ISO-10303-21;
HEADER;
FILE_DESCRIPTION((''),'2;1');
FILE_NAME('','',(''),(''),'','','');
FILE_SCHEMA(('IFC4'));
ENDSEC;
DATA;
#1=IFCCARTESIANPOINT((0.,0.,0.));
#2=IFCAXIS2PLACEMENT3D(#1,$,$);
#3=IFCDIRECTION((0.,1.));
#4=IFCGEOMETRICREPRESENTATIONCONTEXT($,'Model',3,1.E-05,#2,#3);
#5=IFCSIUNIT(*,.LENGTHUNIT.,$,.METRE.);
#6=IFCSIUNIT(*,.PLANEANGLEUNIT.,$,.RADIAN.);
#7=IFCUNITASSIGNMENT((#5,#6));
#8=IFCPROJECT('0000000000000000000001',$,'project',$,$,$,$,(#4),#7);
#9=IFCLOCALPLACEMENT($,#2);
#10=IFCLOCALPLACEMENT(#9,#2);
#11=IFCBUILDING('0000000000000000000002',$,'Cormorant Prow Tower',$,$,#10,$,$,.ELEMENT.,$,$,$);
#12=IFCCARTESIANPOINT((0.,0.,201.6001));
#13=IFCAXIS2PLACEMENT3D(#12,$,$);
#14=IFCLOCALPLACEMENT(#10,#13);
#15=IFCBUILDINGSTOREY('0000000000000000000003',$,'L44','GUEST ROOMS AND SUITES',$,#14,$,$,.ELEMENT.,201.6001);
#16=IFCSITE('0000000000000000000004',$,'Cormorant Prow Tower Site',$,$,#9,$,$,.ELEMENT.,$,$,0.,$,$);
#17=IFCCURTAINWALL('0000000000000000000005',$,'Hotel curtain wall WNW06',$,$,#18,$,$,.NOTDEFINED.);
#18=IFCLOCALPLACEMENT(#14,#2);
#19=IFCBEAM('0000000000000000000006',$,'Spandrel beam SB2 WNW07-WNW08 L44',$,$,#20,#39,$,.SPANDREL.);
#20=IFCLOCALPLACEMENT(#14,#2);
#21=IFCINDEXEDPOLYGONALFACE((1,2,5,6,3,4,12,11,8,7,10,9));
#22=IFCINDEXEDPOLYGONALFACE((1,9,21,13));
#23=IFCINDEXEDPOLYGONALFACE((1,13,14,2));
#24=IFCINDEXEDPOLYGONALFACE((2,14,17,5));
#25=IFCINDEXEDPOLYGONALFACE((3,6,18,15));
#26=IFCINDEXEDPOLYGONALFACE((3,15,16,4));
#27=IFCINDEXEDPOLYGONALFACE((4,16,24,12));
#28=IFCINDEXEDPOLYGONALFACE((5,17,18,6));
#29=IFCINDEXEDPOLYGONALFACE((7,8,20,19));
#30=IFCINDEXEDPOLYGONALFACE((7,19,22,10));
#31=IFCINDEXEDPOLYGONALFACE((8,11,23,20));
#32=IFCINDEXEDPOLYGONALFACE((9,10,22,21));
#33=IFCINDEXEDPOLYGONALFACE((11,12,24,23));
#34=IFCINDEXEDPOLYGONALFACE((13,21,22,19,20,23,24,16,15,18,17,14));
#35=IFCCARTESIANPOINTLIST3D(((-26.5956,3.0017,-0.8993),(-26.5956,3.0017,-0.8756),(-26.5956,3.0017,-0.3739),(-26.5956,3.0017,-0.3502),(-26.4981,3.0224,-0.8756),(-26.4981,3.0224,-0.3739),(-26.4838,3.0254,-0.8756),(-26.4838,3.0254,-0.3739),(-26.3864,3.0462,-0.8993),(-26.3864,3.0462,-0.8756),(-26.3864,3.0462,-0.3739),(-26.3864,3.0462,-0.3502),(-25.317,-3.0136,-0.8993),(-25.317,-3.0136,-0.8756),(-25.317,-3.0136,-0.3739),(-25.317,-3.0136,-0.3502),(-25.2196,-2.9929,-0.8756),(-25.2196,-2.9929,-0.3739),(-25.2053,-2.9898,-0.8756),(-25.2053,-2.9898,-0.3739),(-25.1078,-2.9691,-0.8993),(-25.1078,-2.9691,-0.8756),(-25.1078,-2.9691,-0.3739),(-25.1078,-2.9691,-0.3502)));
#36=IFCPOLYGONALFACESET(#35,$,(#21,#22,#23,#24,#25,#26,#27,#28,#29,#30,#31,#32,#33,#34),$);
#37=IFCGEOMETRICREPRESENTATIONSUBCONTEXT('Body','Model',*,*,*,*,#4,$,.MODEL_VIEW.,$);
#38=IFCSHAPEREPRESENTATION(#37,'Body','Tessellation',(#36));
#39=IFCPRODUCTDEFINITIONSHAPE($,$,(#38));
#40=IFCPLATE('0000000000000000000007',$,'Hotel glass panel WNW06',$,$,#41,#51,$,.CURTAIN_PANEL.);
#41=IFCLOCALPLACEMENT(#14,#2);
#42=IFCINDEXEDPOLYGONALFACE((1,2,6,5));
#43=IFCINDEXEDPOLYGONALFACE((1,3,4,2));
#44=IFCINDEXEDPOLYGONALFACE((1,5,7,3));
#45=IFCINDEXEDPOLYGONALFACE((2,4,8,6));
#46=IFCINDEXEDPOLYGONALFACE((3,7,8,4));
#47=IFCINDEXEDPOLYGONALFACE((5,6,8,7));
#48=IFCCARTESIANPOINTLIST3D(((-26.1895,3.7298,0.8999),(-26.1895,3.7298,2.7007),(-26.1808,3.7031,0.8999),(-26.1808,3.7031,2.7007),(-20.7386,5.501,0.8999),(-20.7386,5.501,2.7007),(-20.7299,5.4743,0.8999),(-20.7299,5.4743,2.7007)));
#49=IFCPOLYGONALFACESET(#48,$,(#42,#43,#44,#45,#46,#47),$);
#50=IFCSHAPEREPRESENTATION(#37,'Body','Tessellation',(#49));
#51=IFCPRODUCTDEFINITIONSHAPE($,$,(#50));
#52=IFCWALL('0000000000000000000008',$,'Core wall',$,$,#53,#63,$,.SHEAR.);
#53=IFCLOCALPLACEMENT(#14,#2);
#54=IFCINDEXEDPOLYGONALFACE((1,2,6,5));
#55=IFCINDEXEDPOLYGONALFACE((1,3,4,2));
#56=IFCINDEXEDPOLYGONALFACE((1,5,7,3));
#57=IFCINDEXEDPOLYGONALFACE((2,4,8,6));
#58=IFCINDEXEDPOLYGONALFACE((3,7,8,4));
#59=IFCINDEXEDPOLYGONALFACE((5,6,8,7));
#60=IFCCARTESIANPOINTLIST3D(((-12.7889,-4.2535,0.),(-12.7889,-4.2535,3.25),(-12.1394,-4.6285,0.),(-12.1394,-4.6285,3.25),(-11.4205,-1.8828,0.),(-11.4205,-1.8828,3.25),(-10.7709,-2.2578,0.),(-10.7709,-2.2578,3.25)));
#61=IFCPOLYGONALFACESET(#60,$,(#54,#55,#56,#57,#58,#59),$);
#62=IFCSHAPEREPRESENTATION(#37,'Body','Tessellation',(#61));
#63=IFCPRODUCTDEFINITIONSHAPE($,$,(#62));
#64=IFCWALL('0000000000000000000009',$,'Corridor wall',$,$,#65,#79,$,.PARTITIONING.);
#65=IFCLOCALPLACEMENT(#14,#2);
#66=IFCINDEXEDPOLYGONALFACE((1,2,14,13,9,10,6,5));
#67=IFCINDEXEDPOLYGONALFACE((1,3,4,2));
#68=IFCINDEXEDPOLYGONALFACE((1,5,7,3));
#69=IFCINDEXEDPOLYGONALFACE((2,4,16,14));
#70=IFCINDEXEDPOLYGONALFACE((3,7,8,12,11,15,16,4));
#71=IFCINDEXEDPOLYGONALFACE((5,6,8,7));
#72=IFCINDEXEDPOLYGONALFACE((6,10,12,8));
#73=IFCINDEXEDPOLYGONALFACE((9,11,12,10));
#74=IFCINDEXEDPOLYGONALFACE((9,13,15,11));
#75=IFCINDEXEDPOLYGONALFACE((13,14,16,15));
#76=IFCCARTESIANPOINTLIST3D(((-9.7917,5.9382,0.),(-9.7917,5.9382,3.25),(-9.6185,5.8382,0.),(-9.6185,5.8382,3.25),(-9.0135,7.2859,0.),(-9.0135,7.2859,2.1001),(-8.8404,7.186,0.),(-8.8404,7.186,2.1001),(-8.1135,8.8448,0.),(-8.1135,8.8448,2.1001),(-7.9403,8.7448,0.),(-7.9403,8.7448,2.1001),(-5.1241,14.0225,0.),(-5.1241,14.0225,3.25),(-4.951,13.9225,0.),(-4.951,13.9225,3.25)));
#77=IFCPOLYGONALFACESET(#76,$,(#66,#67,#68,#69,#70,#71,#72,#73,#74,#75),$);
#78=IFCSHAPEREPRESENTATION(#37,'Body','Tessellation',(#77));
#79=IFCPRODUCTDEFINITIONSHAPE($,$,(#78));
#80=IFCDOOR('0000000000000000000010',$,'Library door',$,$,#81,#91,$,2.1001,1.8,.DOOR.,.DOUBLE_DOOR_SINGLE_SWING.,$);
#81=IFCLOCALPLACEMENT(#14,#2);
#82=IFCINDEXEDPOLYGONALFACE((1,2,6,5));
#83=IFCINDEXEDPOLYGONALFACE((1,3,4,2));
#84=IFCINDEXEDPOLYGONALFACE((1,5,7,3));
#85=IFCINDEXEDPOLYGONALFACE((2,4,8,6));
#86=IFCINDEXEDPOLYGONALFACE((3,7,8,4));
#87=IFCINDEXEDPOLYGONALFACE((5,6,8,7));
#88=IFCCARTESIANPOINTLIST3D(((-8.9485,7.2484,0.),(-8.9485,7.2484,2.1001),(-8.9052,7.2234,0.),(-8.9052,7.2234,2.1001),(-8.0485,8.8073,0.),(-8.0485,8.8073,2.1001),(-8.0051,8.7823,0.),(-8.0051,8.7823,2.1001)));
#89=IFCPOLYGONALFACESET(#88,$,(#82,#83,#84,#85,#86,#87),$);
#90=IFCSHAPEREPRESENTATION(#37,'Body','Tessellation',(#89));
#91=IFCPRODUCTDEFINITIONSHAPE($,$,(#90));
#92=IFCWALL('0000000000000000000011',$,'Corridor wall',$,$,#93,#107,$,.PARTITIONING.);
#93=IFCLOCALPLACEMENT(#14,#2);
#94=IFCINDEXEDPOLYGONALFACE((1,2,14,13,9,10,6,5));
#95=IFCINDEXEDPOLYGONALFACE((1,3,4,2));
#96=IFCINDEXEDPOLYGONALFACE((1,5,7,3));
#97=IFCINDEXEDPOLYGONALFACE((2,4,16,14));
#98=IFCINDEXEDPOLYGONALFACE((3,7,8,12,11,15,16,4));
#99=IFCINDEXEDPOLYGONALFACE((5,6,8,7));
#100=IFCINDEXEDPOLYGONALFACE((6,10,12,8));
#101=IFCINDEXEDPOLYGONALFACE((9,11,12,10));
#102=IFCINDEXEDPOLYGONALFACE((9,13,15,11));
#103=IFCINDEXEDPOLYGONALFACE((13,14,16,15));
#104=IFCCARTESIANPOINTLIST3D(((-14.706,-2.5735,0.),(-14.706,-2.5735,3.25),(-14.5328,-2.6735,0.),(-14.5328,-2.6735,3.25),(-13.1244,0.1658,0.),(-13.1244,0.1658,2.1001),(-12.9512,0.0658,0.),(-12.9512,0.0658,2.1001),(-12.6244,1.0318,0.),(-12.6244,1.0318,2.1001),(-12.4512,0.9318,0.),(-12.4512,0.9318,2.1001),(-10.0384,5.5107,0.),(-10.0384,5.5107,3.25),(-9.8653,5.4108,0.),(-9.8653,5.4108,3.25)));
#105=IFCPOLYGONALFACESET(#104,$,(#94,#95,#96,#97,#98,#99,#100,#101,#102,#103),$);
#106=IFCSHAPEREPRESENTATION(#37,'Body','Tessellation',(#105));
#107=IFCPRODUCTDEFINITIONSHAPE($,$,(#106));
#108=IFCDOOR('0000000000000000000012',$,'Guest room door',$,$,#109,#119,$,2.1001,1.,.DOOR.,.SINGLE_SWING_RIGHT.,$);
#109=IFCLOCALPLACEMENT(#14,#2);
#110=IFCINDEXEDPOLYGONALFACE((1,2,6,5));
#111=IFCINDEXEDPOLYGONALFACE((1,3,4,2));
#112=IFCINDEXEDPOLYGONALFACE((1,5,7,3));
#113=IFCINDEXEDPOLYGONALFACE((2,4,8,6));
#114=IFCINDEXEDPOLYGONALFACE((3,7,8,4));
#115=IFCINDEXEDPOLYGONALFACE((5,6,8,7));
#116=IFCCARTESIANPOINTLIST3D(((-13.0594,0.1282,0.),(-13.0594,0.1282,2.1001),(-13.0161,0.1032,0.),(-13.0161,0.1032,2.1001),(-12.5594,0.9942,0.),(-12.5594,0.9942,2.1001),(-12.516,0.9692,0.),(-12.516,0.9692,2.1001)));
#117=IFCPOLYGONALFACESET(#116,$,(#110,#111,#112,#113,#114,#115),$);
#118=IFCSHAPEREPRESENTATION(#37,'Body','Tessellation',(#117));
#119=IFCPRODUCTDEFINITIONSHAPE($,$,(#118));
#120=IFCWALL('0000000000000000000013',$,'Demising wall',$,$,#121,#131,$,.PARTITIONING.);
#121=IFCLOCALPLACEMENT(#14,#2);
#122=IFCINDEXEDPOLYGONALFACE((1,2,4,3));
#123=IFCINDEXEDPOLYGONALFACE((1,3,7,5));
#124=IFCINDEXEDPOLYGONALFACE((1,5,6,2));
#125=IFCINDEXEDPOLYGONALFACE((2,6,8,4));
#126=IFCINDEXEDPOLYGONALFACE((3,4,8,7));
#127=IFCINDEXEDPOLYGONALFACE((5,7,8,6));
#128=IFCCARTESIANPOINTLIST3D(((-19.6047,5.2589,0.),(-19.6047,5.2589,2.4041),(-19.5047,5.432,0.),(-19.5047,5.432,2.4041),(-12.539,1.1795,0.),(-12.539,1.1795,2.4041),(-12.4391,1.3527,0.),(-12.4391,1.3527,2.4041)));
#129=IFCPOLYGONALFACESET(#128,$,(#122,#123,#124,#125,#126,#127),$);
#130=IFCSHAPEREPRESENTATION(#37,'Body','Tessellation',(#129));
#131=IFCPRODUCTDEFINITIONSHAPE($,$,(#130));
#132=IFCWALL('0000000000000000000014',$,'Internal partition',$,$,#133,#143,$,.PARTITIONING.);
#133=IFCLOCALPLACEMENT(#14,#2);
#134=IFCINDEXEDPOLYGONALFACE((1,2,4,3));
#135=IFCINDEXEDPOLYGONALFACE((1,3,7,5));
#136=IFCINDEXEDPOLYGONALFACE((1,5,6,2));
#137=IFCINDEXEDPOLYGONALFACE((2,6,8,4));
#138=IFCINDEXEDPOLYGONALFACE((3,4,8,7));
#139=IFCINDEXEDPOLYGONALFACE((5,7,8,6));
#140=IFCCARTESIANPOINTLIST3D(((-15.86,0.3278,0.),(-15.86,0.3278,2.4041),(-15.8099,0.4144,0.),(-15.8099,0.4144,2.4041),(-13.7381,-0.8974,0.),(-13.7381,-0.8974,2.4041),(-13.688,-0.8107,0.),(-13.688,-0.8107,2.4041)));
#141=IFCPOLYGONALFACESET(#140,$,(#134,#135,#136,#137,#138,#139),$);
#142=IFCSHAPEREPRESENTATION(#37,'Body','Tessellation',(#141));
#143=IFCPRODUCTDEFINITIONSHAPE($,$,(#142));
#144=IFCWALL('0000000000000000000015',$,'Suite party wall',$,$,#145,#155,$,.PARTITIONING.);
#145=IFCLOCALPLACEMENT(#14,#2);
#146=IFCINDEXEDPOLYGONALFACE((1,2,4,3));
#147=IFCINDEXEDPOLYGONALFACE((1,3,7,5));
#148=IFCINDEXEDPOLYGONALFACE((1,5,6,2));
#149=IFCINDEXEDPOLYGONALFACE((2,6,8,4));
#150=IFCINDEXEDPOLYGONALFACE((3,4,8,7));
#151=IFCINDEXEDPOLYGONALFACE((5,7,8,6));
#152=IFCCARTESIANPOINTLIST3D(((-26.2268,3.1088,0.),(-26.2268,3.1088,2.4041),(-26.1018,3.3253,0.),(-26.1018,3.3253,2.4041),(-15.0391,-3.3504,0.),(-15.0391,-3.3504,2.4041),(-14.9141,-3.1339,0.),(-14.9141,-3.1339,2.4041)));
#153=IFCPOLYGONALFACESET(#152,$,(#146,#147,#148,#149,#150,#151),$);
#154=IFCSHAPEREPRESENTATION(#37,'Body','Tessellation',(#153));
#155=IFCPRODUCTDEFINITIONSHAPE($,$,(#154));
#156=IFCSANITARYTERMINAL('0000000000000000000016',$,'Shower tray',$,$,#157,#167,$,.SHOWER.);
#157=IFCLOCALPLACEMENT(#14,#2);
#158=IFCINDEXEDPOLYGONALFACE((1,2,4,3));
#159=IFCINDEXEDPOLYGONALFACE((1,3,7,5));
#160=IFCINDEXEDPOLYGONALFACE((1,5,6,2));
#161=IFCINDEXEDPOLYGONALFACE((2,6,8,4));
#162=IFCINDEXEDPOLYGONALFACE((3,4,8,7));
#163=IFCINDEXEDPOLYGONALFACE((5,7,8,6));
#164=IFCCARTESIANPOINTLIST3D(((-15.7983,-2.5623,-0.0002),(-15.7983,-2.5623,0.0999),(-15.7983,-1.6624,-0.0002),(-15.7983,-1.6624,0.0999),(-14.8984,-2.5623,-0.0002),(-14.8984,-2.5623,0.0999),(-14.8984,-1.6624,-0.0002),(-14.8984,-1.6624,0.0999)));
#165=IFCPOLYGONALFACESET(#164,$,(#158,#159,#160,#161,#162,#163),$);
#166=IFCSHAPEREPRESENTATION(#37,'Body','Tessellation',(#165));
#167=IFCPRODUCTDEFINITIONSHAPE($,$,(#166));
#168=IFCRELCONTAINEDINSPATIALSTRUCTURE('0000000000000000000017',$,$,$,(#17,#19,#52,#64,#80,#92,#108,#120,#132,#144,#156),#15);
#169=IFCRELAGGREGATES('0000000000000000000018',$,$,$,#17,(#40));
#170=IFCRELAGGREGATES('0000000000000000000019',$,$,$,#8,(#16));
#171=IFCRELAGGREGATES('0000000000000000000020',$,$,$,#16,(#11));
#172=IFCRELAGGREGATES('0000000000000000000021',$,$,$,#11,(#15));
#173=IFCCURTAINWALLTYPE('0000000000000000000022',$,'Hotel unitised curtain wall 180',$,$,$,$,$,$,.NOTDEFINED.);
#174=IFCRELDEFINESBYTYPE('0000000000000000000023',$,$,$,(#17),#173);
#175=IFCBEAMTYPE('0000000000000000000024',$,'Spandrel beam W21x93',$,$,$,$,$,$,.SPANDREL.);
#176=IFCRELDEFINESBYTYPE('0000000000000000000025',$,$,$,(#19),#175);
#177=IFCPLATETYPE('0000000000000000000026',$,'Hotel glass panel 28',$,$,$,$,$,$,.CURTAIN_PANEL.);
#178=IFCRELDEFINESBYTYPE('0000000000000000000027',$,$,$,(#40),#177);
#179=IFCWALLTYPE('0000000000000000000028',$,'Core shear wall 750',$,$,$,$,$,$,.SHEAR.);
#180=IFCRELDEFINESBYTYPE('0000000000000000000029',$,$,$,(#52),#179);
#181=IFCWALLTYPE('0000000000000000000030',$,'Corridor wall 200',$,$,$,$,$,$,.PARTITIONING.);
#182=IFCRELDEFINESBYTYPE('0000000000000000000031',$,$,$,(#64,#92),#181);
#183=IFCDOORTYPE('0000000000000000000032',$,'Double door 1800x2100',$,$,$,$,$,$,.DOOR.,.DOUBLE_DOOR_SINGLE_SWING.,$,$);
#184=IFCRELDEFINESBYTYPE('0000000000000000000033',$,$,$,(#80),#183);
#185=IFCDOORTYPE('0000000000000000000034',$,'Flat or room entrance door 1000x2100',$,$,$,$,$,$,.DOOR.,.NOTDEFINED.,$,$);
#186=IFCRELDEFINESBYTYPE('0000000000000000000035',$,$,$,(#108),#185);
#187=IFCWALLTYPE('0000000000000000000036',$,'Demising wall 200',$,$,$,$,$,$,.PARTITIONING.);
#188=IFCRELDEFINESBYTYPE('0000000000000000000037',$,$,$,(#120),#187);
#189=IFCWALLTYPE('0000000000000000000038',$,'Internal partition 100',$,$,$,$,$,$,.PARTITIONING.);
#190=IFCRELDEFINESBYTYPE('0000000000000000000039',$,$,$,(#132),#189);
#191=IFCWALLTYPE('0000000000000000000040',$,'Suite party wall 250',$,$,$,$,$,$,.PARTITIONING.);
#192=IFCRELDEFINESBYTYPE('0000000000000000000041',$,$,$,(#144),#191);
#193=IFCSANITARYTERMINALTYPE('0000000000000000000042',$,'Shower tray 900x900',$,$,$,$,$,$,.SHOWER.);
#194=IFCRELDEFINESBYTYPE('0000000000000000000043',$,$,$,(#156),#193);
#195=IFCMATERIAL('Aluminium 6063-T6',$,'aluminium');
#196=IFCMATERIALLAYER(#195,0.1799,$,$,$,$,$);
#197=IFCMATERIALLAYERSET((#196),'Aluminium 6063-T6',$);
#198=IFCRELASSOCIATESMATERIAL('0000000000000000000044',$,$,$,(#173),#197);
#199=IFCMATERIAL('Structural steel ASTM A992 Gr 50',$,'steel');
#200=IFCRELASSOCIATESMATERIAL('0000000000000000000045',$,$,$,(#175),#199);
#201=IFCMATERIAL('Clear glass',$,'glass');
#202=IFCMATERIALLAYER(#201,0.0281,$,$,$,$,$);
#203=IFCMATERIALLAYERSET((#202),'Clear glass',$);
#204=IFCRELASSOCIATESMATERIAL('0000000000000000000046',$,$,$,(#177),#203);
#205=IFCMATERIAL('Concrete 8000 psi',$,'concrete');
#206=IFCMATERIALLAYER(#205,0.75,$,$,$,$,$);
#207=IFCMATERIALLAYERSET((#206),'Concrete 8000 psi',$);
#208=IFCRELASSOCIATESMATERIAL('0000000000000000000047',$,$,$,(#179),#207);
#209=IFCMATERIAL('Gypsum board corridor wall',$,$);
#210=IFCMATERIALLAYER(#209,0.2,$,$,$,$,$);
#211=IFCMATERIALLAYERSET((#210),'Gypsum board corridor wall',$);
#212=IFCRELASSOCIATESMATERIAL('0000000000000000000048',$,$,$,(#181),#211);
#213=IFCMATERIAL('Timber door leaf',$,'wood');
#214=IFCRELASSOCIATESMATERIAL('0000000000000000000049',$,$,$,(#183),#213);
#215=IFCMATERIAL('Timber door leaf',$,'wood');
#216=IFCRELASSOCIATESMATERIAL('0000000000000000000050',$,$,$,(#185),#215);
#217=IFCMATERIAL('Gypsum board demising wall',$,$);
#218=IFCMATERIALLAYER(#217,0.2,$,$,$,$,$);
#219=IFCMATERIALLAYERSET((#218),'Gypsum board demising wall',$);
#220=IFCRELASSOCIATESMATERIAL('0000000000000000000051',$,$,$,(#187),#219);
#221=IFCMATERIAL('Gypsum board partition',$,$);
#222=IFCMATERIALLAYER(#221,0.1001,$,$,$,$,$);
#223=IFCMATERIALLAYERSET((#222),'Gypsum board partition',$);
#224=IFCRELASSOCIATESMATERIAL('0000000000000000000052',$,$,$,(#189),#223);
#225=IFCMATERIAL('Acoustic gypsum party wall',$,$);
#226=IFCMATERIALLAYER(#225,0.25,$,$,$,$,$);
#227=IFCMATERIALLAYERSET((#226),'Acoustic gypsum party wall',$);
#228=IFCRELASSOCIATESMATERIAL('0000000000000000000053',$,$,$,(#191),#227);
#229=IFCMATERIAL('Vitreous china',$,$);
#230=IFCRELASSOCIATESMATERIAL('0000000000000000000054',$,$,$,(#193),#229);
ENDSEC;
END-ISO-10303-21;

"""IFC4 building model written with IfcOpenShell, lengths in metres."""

from ifc_helpers import new_model, si_unit, direction, frame, frame_2d, origin, origin_2d, place, context, subcontext, project, spatial, rectangle, i_section, extrude, material, layer, layer_set, material_profile, profile_set, type_object, element, fill, aggregate, save


model = new_model("IFC4")

# Units and contexts
model_context = context("Model", 3, precision=1e-05, world=origin(), true_north=direction((0.0, 1.0)))
body_context = subcontext(model_context, "Body", "Model", "MODEL_VIEW")
ifc_project = project(units=[si_unit("LENGTHUNIT", "METRE"), si_unit("PLANEANGLEUNIT", "RADIAN")], contexts=[model_context])

# Site, building, storey
site_placement = place(None, origin())
site = spatial("IfcSite", under=ifc_project, at=site_placement, Name="Cormorant Prow Tower Site", CompositionType="ELEMENT", RefElevation=0.0)
building_placement = place(site_placement, origin())
building = spatial("IfcBuilding", under=site, at=building_placement, Name="Cormorant Prow Tower", CompositionType="ELEMENT")
storey_placement = place(building_placement, frame((0.0, 0.0, 201.6001)))
storey = spatial("IfcBuildingStorey", under=building, at=storey_placement, Name="L44", Description="GUEST ROOMS AND SUITES", CompositionType="ELEMENT", Elevation=201.6001)

# Curtain wall
ifc_material_1 = material(Name="Aluminium 6063-T6", Category="aluminium")
ifc_layer_1 = layer(ifc_material_1, 0.1799)
ifc_layer_set_1 = layer_set([ifc_layer_1], Name="Aluminium 6063-T6")
curtain_wall_type = type_object("IfcCurtainWallType", Name="Hotel unitised curtain wall 180", PredefinedType="NOTDEFINED", material=ifc_layer_set_1)
curtain_wall_placement = place(storey_placement, origin())
curtain_wall = element("IfcCurtainWall", 1, at=curtain_wall_placement, inside=storey, type_object=curtain_wall_type, Name="Hotel curtain wall WNW06", PredefinedType="NOTDEFINED")

# Beam
ifc_material_2 = material(Name="Structural steel ASTM A992 Gr 50", Category="steel")
ifc_material_profile_1 = material_profile(ifc_material_2, i_section(OverallWidth=0.2139, OverallDepth=0.5491, WebThickness=0.0146, FlangeThickness=0.0237, at=origin_2d()), Name="W21x93")
ifc_profile_set_1 = profile_set([ifc_material_profile_1], Name="Structural steel ASTM A992 Gr 50")
beam_type_1 = type_object("IfcBeamType", Name="Spandrel beam W21x93", PredefinedType="SPANDREL", material=ifc_profile_set_1)
beam_1_placement = place(storey_placement, frame((-26.491, 3.0239, -0.6248), z_axis=(0.207905, -0.978149, 0.0), x_axis=(0.978149, 0.207905, 0.0)))
element("IfcBeam", 2, at=beam_1_placement, inside=storey, type_object=beam_type_1, Name="Spandrel beam SB2 WNW07-WNW08 L44", PredefinedType="SPANDREL", context=body_context, shape_type="SweptSolid", body=[
    extrude(i_section(OverallWidth=0.2139, OverallDepth=0.5491, WebThickness=0.0146, FlangeThickness=0.0237, at=origin_2d()), origin(), (0.0, 0.0, 1.0), 6.1497),
])

# Plate
ifc_material_3 = material(Name="Clear glass", Category="glass")
ifc_layer_2 = layer(ifc_material_3, 0.0281)
ifc_layer_set_2 = layer_set([ifc_layer_2], Name="Clear glass")
plate_type = type_object("IfcPlateType", Name="Hotel glass panel 28", PredefinedType="CURTAIN_PANEL", material=ifc_layer_set_2)
plate_placement = place(storey_placement, frame((-23.4597, 4.6021, 0.8999), z_axis=(0.0, 0.0, 1.0), x_axis=(-0.951057, -0.309017, 0.0)))
plate = element("IfcPlate", 3, at=plate_placement, type_object=plate_type, Name="Hotel glass panel WNW06", PredefinedType="CURTAIN_PANEL", context=body_context, shape_type="SweptSolid", body=[
    extrude(rectangle(XDim=5.7314, YDim=0.0281, at=origin_2d()), origin(), (0.0, 0.0, 1.0), 1.8008),
])
aggregate(curtain_wall, [plate])

# Wall
ifc_material_4 = material(Name="Concrete 8000 psi", Category="concrete")
ifc_layer_3 = layer(ifc_material_4, 0.75)
ifc_layer_set_3 = layer_set([ifc_layer_3], Name="Concrete 8000 psi")
wall_type_1 = type_object("IfcWallType", Name="Core shear wall 750", PredefinedType="SHEAR", material=ifc_layer_set_3)
wall_1_placement = place(storey_placement, frame((-11.0957, -2.0703, 0.0), z_axis=(0.0, 0.0, 1.0), x_axis=(-0.499928, -0.866067, 0.0)))
element("IfcWall", 4, at=wall_1_placement, inside=storey, type_object=wall_type_1, Name="Core wall", PredefinedType="SHEAR", context=body_context, shape_type="SweptSolid", body=[
    extrude(rectangle(XDim=2.7373, YDim=0.75, at=frame_2d((1.3687, 0.0))), origin(), (0.0, 0.0, 1.0), 3.25),
])

# Walls, openings, doors
ifc_material_5 = material(Name="Gypsum board corridor wall")
ifc_layer_4 = layer(ifc_material_5, 0.2)
ifc_layer_set_4 = layer_set([ifc_layer_4], Name="Gypsum board corridor wall")
wall_type_2 = type_object("IfcWallType", Name="Corridor wall 200", PredefinedType="PARTITIONING", material=ifc_layer_set_4)
wall_2_placement = place(storey_placement, frame((-9.7051, 5.8882, 0.0), z_axis=(0.0, 0.0, 1.0), x_axis=(0.500004, 0.866023, 0.0)))
wall_2 = element("IfcWall", 5, at=wall_2_placement, inside=storey, type_object=wall_type_2, Name="Corridor wall", PredefinedType="PARTITIONING", context=body_context, shape_type="SweptSolid", body=[
    extrude(rectangle(XDim=9.335, YDim=0.2, at=frame_2d((4.6675, 0.0))), origin(), (0.0, 0.0, 1.0), 3.25),
])
opening_1_placement = place(wall_2_placement, frame((1.5564, 0.0, 0.0)))
opening_1 = element("IfcOpeningElement", 6, at=opening_1_placement, cuts=wall_2, PredefinedType="OPENING", context=body_context, shape_type="SweptSolid", body=[
    extrude(rectangle(XDim=1.8, YDim=2.1001, at=frame_2d((0.8999, 1.05))), frame((0.0, 0.1099, 0.0), z_axis=(0.0, -1.0, 0.0), x_axis=(1.0, 0.0, 0.0)), (0.0, 0.0, 1.0), 0.22),
])
ifc_material_6 = material(Name="Timber door leaf", Category="wood")
door_type_1 = type_object("IfcDoorType", Name="Double door 1800x2100", OperationType="DOUBLE_DOOR_SINGLE_SWING", PredefinedType="DOOR", material=ifc_material_6)
door_1_placement = place(opening_1_placement, origin())
door_1 = element("IfcDoor", 7, at=door_1_placement, inside=storey, type_object=door_type_1, Name="Library door", OperationType="DOUBLE_DOOR_SINGLE_SWING", OverallHeight=2.1001, OverallWidth=1.8, PredefinedType="DOOR", context=body_context, shape_type="SweptSolid", body=[
    extrude(rectangle(XDim=1.8, YDim=2.1001, at=frame_2d((0.8999, 1.05))), frame((0.0, 0.0249, 0.0), z_axis=(0.0, -1.0, 0.0), x_axis=(1.0, 0.0, 0.0)), (0.0, 0.0, 1.0), 0.05),
])
fill(opening_1, door_1)
wall_3_placement = place(storey_placement, frame((-14.6194, -2.6235, 0.0), z_axis=(0.0, 0.0, 1.0), x_axis=(0.500004, 0.866023, 0.0)))
wall_3 = element("IfcWall", 8, at=wall_3_placement, inside=storey, type_object=wall_type_2, Name="Corridor wall", PredefinedType="PARTITIONING", context=body_context, shape_type="SweptSolid", body=[
    extrude(rectangle(XDim=9.335, YDim=0.2, at=frame_2d((4.6675, 0.0))), origin(), (0.0, 0.0, 1.0), 3.25),
])
opening_2_placement = place(wall_3_placement, frame((3.1631, 0.0, 0.0)))
opening_2 = element("IfcOpeningElement", 9, at=opening_2_placement, cuts=wall_3, PredefinedType="OPENING", context=body_context, shape_type="SweptSolid", body=[
    extrude(rectangle(XDim=1.0, YDim=2.1001, at=frame_2d((0.5, 1.05))), frame((0.0, 0.1099, 0.0), z_axis=(0.0, -1.0, 0.0), x_axis=(1.0, 0.0, 0.0)), (0.0, 0.0, 1.0), 0.22),
])
ifc_material_7 = material(Name="Timber door leaf", Category="wood")
door_type_2 = type_object("IfcDoorType", Name="Flat or room entrance door 1000x2100", OperationType="NOTDEFINED", PredefinedType="DOOR", material=ifc_material_7)
door_2_placement = place(opening_2_placement, origin())
door_2 = element("IfcDoor", 10, at=door_2_placement, inside=storey, type_object=door_type_2, Name="Guest room door", OperationType="SINGLE_SWING_RIGHT", OverallHeight=2.1001, OverallWidth=1.0, PredefinedType="DOOR", context=body_context, shape_type="SweptSolid", body=[
    extrude(rectangle(XDim=1.0, YDim=2.1001, at=frame_2d((0.5, 1.05))), frame((0.0, 0.0249, 0.0), z_axis=(0.0, -1.0, 0.0), x_axis=(1.0, 0.0, 0.0)), (0.0, 0.0, 1.0), 0.05),
])
fill(opening_2, door_2)

# Walls
ifc_material_8 = material(Name="Gypsum board demising wall")
ifc_layer_5 = layer(ifc_material_8, 0.2)
ifc_layer_set_5 = layer_set([ifc_layer_5], Name="Gypsum board demising wall")
wall_type_3 = type_object("IfcWallType", Name="Demising wall 200", PredefinedType="PARTITIONING", material=ifc_layer_set_5)
wall_4_placement = place(storey_placement, frame((-19.5547, 5.3455, 0.0), z_axis=(0.0, 0.0, 1.0), x_axis=(0.866027, -0.499998, 0.0)))
element("IfcWall", 11, at=wall_4_placement, inside=storey, type_object=wall_type_3, Name="Demising wall", PredefinedType="PARTITIONING", context=body_context, shape_type="SweptSolid", body=[
    extrude(rectangle(XDim=8.1587, YDim=0.2, at=frame_2d((4.0793, 0.0))), origin(), (0.0, 0.0, 1.0), 2.4041),
])
ifc_material_9 = material(Name="Gypsum board partition")
ifc_layer_6 = layer(ifc_material_9, 0.1001)
ifc_layer_set_6 = layer_set([ifc_layer_6], Name="Gypsum board partition")
wall_type_4 = type_object("IfcWallType", Name="Internal partition 100", PredefinedType="PARTITIONING", material=ifc_layer_set_6)
wall_5_placement = place(storey_placement, frame((-15.835, 0.3711, 0.0), z_axis=(0.0, 0.0, 1.0), x_axis=(0.866015, -0.500019, 0.0)))
element("IfcWall", 12, at=wall_5_placement, inside=storey, type_object=wall_type_4, Name="Internal partition", PredefinedType="PARTITIONING", context=body_context, shape_type="SweptSolid", body=[
    extrude(rectangle(XDim=2.4502, YDim=0.1001, at=frame_2d((1.2251, 0.0))), origin(), (0.0, 0.0, 1.0), 2.4041),
])
ifc_material_10 = material(Name="Acoustic gypsum party wall")
ifc_layer_7 = layer(ifc_material_10, 0.25)
ifc_layer_set_7 = layer_set([ifc_layer_7], Name="Acoustic gypsum party wall")
wall_type_5 = type_object("IfcWallType", Name="Suite party wall 250", PredefinedType="PARTITIONING", material=ifc_layer_set_7)
wall_6_placement = place(storey_placement, frame((-26.1643, 3.217, 0.0), z_axis=(0.0, 0.0, 1.0), x_axis=(0.866026, -0.499999, 0.0)))
element("IfcWall", 13, at=wall_6_placement, inside=storey, type_object=wall_type_5, Name="Suite party wall", PredefinedType="PARTITIONING", context=body_context, shape_type="SweptSolid", body=[
    extrude(rectangle(XDim=12.9185, YDim=0.25, at=frame_2d((6.4592, 0.0))), origin(), (0.0, 0.0, 1.0), 2.4041),
])

# Sanitary terminal
ifc_material_11 = material(Name="Vitreous china")
sanitary_terminal_type_1 = type_object("IfcSanitaryTerminalType", Name="Shower tray 900x900", PredefinedType="SHOWER", material=ifc_material_11)
for number, where, z_axis, x_axis, name in (
    (14, (-15.3484, -2.1123, -0.0002), (0.0, 0.0, 1.0), (1.0, 0.0, 0.0), "Shower tray"),
):
    element("IfcSanitaryTerminal", number, at=place(storey_placement, frame(where, z_axis=z_axis, x_axis=x_axis)), inside=storey, type_object=sanitary_terminal_type_1, Name=name, PredefinedType="SHOWER", context=body_context, shape_type="SweptSolid", body=[
        extrude(rectangle(XDim=0.8999, YDim=0.8999, at=origin_2d()), origin(), (0.0, 0.0, 1.0), 0.1001),
    ])

save(model, "model.ifc")
